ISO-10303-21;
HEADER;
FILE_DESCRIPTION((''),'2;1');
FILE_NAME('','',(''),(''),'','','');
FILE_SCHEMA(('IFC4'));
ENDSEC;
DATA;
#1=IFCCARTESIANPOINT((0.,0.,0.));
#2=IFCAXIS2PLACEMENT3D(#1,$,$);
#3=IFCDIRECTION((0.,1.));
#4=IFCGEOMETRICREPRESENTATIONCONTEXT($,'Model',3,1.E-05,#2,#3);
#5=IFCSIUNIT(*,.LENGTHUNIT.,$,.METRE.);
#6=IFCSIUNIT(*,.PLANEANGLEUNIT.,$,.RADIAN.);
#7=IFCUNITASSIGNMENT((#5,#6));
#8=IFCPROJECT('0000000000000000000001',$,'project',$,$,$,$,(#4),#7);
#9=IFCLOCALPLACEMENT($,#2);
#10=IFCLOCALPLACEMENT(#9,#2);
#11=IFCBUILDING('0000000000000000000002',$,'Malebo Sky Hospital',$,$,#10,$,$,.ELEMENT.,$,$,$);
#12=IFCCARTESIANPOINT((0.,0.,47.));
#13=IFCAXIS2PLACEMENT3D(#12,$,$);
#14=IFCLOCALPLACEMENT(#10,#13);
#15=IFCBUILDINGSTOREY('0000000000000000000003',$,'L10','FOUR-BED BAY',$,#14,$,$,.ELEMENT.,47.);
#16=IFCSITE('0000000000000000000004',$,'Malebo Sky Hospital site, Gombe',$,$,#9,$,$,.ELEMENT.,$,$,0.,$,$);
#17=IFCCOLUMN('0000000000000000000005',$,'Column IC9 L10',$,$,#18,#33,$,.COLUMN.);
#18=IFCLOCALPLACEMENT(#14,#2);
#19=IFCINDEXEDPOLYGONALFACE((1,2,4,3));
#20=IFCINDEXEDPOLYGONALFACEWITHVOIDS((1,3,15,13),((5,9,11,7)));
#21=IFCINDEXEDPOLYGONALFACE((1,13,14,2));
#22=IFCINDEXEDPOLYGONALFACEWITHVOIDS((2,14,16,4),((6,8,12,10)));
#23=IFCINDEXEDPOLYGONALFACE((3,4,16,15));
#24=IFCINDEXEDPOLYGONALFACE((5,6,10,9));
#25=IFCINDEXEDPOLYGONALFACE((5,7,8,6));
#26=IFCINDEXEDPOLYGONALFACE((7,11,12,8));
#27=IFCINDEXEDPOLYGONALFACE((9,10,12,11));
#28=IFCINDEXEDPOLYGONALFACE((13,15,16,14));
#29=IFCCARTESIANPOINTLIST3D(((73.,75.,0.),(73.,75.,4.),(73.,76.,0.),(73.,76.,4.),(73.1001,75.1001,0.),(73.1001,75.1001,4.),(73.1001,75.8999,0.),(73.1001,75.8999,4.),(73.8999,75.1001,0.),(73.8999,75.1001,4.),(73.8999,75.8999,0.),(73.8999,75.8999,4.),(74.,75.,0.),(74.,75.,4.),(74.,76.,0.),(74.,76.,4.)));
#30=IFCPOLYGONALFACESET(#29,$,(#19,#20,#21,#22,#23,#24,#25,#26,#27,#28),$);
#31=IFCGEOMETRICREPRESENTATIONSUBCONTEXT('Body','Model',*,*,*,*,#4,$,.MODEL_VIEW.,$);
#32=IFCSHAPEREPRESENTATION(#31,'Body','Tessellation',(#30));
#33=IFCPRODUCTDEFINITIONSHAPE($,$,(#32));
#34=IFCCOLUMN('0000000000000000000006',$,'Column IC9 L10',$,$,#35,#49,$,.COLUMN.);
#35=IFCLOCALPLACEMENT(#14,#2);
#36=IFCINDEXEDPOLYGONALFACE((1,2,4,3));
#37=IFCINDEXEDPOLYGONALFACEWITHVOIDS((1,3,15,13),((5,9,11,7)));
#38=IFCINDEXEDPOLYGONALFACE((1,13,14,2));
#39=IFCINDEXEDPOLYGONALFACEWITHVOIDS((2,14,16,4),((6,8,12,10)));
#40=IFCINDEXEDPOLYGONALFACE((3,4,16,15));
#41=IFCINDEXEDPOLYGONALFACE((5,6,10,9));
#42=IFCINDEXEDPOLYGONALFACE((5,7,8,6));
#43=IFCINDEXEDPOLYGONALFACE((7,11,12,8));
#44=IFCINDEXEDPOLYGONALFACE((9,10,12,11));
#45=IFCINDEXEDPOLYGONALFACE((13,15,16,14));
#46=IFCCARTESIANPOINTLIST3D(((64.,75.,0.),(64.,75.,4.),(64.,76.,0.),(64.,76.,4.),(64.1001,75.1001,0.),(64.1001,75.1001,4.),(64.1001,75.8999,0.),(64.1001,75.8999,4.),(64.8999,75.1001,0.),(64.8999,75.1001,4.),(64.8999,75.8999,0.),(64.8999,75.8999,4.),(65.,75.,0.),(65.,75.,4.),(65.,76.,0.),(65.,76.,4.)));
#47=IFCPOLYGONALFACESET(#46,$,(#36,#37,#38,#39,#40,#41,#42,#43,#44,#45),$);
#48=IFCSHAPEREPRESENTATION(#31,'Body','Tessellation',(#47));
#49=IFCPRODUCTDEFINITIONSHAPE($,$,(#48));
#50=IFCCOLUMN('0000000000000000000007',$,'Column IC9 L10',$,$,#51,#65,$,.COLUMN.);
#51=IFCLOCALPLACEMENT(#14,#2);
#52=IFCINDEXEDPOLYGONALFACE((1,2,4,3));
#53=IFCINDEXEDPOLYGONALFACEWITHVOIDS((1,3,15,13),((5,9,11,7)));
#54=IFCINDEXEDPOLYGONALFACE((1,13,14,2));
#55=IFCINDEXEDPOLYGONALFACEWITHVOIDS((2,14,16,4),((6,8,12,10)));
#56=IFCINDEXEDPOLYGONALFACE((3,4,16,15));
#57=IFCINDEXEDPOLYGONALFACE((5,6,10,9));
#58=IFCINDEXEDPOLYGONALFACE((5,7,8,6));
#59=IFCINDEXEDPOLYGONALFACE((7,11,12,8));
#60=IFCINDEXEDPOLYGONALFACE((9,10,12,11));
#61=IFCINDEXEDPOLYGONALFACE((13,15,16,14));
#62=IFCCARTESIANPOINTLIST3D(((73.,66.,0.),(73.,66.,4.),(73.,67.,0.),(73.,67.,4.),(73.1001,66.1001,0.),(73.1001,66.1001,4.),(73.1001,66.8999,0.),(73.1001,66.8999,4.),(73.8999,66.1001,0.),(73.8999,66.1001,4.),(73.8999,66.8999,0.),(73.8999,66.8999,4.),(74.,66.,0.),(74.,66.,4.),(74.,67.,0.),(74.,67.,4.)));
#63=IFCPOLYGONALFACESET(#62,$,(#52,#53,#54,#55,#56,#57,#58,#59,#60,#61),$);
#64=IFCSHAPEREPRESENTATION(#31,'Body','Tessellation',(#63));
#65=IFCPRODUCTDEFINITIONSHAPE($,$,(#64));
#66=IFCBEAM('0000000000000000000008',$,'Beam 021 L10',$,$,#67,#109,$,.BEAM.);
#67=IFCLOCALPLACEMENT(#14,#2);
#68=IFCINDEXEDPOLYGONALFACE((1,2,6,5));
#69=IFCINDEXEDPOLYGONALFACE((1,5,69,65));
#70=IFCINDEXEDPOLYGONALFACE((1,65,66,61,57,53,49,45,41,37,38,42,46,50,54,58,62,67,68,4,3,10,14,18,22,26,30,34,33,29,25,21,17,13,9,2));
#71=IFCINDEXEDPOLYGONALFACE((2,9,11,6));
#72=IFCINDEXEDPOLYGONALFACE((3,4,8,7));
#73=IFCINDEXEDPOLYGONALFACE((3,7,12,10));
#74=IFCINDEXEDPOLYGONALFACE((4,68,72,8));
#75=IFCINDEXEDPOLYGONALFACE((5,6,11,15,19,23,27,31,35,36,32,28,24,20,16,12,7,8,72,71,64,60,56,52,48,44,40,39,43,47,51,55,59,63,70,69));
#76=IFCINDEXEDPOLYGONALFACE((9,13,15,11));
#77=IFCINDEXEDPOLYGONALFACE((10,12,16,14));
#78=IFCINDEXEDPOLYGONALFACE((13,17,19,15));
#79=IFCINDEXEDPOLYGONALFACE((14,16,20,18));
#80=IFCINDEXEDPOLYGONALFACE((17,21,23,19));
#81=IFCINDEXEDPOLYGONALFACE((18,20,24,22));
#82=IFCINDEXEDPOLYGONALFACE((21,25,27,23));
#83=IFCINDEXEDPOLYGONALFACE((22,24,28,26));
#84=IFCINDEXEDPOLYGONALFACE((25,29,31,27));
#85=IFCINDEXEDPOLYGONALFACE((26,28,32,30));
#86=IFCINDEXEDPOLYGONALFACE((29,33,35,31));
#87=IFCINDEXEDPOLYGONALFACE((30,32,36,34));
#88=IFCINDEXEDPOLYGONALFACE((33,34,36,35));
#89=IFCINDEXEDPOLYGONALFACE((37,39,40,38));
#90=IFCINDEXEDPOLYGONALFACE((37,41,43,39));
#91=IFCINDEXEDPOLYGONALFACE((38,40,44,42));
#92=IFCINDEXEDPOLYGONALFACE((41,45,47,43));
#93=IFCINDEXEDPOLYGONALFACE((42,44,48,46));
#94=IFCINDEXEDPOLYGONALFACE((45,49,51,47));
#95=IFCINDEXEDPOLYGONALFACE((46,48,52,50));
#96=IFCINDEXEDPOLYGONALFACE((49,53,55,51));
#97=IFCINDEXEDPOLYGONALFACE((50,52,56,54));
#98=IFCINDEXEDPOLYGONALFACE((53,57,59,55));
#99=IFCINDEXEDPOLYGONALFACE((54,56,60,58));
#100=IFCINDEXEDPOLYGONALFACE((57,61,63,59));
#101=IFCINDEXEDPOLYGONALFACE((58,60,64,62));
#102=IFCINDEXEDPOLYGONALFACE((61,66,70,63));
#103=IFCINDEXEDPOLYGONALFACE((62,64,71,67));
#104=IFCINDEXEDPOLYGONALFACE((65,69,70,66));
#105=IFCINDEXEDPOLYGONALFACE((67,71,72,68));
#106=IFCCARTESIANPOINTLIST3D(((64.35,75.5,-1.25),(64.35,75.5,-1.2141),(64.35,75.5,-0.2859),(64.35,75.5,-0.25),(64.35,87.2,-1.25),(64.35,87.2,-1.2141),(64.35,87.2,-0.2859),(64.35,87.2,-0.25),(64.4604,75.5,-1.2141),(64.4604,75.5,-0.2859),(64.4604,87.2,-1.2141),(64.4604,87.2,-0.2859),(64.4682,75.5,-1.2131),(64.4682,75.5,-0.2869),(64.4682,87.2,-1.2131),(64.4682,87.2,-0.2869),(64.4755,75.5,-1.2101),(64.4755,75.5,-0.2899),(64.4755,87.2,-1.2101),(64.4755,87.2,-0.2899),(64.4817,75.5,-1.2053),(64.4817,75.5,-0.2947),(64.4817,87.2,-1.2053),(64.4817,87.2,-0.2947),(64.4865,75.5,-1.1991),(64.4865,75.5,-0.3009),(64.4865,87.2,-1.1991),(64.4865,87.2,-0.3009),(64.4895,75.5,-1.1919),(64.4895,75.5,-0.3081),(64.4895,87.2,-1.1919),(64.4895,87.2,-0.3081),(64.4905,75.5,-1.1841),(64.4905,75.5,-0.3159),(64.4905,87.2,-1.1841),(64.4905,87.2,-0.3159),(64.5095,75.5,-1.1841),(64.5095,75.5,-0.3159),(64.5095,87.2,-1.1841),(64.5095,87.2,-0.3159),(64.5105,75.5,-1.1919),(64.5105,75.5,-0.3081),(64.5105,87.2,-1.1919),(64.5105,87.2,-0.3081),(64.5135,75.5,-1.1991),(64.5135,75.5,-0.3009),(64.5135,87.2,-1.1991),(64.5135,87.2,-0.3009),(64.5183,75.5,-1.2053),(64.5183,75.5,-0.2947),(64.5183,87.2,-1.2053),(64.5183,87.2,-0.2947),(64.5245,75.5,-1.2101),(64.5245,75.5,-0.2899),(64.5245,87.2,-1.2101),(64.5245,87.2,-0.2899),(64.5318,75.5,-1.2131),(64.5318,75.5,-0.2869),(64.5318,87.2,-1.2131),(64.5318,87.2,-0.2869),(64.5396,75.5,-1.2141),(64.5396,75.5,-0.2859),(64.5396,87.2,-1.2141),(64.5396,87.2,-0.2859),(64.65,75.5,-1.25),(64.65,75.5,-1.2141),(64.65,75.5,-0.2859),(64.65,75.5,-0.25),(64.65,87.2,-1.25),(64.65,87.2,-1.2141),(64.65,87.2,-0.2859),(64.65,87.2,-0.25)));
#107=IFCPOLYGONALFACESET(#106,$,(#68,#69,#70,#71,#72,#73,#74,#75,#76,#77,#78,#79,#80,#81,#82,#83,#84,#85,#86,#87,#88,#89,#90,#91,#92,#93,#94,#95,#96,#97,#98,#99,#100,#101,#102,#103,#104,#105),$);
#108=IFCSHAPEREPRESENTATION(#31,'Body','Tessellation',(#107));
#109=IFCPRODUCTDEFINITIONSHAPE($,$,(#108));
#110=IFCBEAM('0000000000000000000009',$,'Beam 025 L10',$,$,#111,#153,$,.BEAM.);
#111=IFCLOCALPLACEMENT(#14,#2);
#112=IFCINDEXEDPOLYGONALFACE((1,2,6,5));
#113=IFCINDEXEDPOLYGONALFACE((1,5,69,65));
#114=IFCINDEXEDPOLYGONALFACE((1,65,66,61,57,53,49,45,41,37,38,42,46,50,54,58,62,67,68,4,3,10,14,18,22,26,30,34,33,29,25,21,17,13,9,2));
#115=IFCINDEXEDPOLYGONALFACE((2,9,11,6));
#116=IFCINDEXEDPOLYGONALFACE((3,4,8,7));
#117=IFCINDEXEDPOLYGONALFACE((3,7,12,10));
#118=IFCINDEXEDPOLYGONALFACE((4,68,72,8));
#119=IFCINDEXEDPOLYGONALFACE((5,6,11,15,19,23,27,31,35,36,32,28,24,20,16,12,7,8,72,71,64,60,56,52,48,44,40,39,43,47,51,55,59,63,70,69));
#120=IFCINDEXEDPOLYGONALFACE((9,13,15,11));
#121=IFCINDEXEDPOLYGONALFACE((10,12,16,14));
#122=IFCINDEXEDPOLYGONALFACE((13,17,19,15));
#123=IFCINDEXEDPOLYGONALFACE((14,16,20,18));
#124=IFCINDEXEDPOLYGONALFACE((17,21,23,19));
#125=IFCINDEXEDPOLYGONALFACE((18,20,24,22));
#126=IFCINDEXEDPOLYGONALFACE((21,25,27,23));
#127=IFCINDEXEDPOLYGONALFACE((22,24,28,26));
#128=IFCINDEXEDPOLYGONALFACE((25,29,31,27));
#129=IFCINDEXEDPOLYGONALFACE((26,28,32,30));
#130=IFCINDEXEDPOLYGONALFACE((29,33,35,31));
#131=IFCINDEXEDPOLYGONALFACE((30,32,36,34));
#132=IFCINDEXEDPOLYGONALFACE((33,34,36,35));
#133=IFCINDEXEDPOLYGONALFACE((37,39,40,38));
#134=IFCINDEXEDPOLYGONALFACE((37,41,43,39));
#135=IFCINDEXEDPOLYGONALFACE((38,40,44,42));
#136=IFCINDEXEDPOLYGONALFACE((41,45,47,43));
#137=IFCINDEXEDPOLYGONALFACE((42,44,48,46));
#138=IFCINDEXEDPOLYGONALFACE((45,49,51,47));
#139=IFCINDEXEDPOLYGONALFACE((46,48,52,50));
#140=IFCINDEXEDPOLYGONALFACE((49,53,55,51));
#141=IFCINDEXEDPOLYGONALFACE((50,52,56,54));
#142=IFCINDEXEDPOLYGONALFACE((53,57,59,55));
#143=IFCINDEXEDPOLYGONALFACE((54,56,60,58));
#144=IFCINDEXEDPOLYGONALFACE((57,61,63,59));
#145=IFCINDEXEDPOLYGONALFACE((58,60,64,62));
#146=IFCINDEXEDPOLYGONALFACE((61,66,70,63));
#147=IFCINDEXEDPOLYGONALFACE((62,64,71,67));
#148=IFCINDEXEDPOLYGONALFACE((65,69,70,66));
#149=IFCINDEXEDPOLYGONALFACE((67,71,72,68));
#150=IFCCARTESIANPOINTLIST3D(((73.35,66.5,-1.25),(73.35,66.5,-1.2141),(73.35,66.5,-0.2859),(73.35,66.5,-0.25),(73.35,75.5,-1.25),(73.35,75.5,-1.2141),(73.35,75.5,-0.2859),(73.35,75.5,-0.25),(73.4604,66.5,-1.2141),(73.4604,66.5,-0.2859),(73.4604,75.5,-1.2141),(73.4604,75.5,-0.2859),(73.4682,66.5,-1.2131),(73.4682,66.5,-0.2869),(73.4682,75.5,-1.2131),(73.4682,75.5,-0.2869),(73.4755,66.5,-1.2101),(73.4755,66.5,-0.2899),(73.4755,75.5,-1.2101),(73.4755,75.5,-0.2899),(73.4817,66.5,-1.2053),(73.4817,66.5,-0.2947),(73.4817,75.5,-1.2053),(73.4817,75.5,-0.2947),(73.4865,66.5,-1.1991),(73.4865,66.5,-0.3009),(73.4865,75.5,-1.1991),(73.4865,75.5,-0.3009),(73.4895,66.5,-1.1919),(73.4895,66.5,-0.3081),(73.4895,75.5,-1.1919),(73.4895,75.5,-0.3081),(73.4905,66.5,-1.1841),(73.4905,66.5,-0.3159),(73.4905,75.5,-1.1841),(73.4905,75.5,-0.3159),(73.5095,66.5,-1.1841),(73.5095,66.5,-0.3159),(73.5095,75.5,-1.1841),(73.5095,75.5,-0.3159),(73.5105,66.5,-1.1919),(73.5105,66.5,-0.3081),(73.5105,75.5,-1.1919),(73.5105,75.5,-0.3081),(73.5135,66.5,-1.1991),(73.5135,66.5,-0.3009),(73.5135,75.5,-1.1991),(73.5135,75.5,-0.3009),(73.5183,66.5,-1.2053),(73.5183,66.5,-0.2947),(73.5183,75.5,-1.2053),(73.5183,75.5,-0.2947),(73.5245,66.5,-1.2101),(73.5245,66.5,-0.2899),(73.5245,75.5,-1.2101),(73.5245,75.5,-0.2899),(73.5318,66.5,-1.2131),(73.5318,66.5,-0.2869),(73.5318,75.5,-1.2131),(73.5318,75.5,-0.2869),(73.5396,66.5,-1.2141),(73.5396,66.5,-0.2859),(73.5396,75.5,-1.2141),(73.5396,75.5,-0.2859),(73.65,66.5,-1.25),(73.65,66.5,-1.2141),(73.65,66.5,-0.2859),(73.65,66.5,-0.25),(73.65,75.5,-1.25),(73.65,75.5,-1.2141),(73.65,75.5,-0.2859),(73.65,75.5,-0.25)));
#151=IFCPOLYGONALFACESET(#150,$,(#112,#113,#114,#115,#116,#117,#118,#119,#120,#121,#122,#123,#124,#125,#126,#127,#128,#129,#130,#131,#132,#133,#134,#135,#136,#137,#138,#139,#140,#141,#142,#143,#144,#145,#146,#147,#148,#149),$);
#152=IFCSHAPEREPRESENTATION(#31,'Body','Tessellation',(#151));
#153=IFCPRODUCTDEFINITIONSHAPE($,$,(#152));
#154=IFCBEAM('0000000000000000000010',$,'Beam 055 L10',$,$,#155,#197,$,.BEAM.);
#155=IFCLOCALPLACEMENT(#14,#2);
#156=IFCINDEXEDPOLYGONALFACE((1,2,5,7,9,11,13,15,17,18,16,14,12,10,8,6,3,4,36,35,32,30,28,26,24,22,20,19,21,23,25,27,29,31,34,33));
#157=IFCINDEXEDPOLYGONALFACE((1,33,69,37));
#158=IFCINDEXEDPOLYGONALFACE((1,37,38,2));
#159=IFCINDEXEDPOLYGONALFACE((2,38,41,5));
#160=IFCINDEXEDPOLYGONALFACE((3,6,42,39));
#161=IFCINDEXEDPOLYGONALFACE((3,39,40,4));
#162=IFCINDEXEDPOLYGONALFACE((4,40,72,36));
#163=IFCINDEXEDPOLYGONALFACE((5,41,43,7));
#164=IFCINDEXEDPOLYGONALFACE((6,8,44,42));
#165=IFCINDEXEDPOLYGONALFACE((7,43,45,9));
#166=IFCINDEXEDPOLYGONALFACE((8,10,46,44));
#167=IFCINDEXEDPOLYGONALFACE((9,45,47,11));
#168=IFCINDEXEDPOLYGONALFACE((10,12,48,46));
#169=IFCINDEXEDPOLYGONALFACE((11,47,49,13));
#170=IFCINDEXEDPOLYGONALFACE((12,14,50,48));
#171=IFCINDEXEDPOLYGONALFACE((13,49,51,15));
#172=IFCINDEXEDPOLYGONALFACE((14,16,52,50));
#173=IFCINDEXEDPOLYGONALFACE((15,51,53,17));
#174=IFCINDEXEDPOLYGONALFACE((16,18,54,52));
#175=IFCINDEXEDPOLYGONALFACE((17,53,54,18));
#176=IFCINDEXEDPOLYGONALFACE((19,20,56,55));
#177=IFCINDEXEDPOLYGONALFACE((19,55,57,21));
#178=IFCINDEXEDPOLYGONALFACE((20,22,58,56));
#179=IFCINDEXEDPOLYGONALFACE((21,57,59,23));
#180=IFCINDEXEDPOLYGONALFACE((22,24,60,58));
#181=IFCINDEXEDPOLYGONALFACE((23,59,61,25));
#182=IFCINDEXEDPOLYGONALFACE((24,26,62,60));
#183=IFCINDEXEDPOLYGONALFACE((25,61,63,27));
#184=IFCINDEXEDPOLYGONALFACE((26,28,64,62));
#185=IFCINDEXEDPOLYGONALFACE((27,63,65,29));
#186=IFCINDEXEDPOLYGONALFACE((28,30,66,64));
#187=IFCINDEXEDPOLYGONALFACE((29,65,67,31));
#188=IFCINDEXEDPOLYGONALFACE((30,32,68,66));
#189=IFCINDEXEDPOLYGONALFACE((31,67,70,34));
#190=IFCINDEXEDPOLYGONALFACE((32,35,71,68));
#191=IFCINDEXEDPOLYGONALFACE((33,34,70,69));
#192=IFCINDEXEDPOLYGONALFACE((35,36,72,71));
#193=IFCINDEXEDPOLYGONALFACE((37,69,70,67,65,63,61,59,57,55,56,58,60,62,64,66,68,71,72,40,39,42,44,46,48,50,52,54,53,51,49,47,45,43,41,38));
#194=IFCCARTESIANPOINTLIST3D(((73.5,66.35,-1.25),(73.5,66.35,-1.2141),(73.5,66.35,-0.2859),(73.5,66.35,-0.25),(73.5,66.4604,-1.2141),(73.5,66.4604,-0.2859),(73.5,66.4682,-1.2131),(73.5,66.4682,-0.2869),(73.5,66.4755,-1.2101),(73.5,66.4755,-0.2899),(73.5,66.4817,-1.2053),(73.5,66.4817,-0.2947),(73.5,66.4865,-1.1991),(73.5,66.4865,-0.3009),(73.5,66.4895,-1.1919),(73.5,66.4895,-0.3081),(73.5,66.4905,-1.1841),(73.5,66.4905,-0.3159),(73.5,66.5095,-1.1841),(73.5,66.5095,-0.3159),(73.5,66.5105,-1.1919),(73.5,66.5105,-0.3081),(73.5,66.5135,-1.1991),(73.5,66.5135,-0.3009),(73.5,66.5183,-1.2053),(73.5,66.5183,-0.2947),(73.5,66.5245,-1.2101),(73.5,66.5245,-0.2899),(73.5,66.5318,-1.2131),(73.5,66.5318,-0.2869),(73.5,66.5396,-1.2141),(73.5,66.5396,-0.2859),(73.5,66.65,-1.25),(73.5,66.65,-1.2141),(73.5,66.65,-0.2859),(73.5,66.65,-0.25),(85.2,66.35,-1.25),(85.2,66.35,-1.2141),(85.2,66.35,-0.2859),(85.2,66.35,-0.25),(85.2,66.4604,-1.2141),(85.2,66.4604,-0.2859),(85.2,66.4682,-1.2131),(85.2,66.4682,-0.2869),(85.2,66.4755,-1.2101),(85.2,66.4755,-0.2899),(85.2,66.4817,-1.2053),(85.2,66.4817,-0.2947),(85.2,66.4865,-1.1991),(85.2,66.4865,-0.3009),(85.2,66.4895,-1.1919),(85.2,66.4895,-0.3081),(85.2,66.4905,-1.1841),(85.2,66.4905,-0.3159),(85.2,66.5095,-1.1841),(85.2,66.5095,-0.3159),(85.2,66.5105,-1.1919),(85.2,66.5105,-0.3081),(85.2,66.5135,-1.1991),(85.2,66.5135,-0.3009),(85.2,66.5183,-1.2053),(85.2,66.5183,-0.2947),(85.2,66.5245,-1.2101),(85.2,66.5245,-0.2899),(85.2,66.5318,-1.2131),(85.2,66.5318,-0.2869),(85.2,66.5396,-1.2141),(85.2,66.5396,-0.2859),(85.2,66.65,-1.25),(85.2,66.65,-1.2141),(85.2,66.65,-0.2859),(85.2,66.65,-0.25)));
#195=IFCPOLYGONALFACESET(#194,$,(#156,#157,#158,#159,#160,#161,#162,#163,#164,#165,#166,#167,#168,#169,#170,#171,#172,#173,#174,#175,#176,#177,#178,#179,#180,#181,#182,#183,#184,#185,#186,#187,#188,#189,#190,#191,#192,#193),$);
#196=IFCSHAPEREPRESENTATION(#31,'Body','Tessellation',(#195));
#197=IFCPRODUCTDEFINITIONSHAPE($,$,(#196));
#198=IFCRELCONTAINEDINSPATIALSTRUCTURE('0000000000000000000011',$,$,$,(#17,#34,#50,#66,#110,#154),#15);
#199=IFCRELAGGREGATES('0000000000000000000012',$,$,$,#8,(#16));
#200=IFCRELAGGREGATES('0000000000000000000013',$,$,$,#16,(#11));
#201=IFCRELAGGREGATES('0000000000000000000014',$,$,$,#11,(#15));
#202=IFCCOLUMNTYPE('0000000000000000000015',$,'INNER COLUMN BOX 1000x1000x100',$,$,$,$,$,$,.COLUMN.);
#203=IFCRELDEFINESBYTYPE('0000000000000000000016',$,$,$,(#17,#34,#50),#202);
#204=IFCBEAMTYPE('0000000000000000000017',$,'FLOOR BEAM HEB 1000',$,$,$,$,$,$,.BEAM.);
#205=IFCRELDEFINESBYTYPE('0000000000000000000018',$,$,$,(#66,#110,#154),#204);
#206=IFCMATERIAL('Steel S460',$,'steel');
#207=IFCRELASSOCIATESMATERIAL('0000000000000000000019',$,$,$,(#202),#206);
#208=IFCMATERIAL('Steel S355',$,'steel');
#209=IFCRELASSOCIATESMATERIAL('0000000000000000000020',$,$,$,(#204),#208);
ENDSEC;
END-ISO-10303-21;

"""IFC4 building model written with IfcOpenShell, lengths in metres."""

from ifc_helpers import new_model, si_unit, direction, frame, origin, origin_2d, place, context, subcontext, project, spatial, hollow_rectangle, i_section, extrude, material, material_profile, profile_set, type_object, element, save


model = new_model("IFC4")

# Units and contexts
model_context = context("Model", 3, precision=1e-05, world=origin(), true_north=direction((0.0, 1.0)))
body_context = subcontext(model_context, "Body", "Model", "MODEL_VIEW")
ifc_project = project(units=[si_unit("LENGTHUNIT", "METRE"), si_unit("PLANEANGLEUNIT", "RADIAN")], contexts=[model_context])

# Site, building, storey
site_placement = place(None, origin())
site = spatial("IfcSite", under=ifc_project, at=site_placement, Name="Malebo Sky Hospital site, Gombe", CompositionType="ELEMENT", RefElevation=0.0)
building_placement = place(site_placement, origin())
building = spatial("IfcBuilding", under=site, at=building_placement, Name="Malebo Sky Hospital", CompositionType="ELEMENT")
storey_placement = place(building_placement, frame((0.0, 0.0, 47.0)))
storey = spatial("IfcBuildingStorey", under=building, at=storey_placement, Name="L10", Description="FOUR-BED BAY", CompositionType="ELEMENT", Elevation=47.0)

# Columns
ifc_material_1 = material(Name="Steel S460", Category="steel")
ifc_material_profile_1 = material_profile(ifc_material_1, hollow_rectangle(XDim=1.0, YDim=1.0, WallThickness=0.1001, at=origin_2d()), Name="BOX 1000x1000x100")
ifc_profile_set_1 = profile_set([ifc_material_profile_1], Name="Steel S460")
column_type = type_object("IfcColumnType", Name="INNER COLUMN BOX 1000x1000x100", PredefinedType="COLUMN", material=ifc_profile_set_1)
for number, where, z_axis, x_axis, name in (
    (1, (73.5, 75.5, 0.0), (0.0, 0.0, 1.0), (1.0, 0.0, 0.0), "Column IC9 L10"),
    (2, (64.5, 75.5, 0.0), (0.0, 0.0, 1.0), (1.0, 0.0, 0.0), "Column IC9 L10"),
    (3, (73.5, 66.5, 0.0), (0.0, 0.0, 1.0), (1.0, 0.0, 0.0), "Column IC9 L10"),
):
    element("IfcColumn", number, at=place(storey_placement, frame(where, z_axis=z_axis, x_axis=x_axis)), inside=storey, type_object=column_type, Name=name, PredefinedType="COLUMN", context=body_context, shape_type="SweptSolid", body=[
        extrude(hollow_rectangle(XDim=1.0, YDim=1.0, WallThickness=0.1001, at=origin_2d()), origin(), (0.0, 0.0, 1.0), 4.0),
    ])

# Beams
ifc_material_2 = material(Name="Steel S355", Category="steel")
ifc_material_profile_2 = material_profile(ifc_material_2, i_section(OverallWidth=0.3, OverallDepth=1.0, WebThickness=0.019, FlangeThickness=0.0359, FilletRadius=0.03, at=origin_2d()), Name="HEB 1000")
ifc_profile_set_2 = profile_set([ifc_material_profile_2], Name="Steel S355")
beam_type_1 = type_object("IfcBeamType", Name="FLOOR BEAM HEB 1000", PredefinedType="BEAM", material=ifc_profile_set_2)
beam_1_placement = place(storey_placement, frame((64.5, 75.5, -0.75), z_axis=(0.0, 1.0, 0.0), x_axis=(-1.0, 0.0, 0.0)))
element("IfcBeam", 4, at=beam_1_placement, inside=storey, type_object=beam_type_1, Name="Beam 021 L10", PredefinedType="BEAM", context=body_context, shape_type="SweptSolid", body=[
    extrude(i_section(OverallWidth=0.3, OverallDepth=1.0, WebThickness=0.019, FlangeThickness=0.0359, FilletRadius=0.03, at=origin_2d()), origin(), (0.0, 0.0, 1.0), 11.7),
])
beam_2_placement = place(storey_placement, frame((73.5, 66.5, -0.75), z_axis=(0.0, 1.0, 0.0), x_axis=(-1.0, 0.0, 0.0)))
element("IfcBeam", 5, at=beam_2_placement, inside=storey, type_object=beam_type_1, Name="Beam 025 L10", PredefinedType="BEAM", context=body_context, shape_type="SweptSolid", body=[
    extrude(i_section(OverallWidth=0.3, OverallDepth=1.0, WebThickness=0.019, FlangeThickness=0.0359, FilletRadius=0.03, at=origin_2d()), origin(), (0.0, 0.0, 1.0), 9.0),
])
beam_3_placement = place(storey_placement, frame((73.5, 66.5, -0.75), z_axis=(1.0, 0.0, 0.0), x_axis=(0.0, 1.0, 0.0)))
element("IfcBeam", 6, at=beam_3_placement, inside=storey, type_object=beam_type_1, Name="Beam 055 L10", PredefinedType="BEAM", context=body_context, shape_type="SweptSolid", body=[
    extrude(i_section(OverallWidth=0.3, OverallDepth=1.0, WebThickness=0.019, FlangeThickness=0.0359, FilletRadius=0.03, at=origin_2d()), origin(), (0.0, 0.0, 1.0), 11.7),
])

save(model, "model.ifc")
